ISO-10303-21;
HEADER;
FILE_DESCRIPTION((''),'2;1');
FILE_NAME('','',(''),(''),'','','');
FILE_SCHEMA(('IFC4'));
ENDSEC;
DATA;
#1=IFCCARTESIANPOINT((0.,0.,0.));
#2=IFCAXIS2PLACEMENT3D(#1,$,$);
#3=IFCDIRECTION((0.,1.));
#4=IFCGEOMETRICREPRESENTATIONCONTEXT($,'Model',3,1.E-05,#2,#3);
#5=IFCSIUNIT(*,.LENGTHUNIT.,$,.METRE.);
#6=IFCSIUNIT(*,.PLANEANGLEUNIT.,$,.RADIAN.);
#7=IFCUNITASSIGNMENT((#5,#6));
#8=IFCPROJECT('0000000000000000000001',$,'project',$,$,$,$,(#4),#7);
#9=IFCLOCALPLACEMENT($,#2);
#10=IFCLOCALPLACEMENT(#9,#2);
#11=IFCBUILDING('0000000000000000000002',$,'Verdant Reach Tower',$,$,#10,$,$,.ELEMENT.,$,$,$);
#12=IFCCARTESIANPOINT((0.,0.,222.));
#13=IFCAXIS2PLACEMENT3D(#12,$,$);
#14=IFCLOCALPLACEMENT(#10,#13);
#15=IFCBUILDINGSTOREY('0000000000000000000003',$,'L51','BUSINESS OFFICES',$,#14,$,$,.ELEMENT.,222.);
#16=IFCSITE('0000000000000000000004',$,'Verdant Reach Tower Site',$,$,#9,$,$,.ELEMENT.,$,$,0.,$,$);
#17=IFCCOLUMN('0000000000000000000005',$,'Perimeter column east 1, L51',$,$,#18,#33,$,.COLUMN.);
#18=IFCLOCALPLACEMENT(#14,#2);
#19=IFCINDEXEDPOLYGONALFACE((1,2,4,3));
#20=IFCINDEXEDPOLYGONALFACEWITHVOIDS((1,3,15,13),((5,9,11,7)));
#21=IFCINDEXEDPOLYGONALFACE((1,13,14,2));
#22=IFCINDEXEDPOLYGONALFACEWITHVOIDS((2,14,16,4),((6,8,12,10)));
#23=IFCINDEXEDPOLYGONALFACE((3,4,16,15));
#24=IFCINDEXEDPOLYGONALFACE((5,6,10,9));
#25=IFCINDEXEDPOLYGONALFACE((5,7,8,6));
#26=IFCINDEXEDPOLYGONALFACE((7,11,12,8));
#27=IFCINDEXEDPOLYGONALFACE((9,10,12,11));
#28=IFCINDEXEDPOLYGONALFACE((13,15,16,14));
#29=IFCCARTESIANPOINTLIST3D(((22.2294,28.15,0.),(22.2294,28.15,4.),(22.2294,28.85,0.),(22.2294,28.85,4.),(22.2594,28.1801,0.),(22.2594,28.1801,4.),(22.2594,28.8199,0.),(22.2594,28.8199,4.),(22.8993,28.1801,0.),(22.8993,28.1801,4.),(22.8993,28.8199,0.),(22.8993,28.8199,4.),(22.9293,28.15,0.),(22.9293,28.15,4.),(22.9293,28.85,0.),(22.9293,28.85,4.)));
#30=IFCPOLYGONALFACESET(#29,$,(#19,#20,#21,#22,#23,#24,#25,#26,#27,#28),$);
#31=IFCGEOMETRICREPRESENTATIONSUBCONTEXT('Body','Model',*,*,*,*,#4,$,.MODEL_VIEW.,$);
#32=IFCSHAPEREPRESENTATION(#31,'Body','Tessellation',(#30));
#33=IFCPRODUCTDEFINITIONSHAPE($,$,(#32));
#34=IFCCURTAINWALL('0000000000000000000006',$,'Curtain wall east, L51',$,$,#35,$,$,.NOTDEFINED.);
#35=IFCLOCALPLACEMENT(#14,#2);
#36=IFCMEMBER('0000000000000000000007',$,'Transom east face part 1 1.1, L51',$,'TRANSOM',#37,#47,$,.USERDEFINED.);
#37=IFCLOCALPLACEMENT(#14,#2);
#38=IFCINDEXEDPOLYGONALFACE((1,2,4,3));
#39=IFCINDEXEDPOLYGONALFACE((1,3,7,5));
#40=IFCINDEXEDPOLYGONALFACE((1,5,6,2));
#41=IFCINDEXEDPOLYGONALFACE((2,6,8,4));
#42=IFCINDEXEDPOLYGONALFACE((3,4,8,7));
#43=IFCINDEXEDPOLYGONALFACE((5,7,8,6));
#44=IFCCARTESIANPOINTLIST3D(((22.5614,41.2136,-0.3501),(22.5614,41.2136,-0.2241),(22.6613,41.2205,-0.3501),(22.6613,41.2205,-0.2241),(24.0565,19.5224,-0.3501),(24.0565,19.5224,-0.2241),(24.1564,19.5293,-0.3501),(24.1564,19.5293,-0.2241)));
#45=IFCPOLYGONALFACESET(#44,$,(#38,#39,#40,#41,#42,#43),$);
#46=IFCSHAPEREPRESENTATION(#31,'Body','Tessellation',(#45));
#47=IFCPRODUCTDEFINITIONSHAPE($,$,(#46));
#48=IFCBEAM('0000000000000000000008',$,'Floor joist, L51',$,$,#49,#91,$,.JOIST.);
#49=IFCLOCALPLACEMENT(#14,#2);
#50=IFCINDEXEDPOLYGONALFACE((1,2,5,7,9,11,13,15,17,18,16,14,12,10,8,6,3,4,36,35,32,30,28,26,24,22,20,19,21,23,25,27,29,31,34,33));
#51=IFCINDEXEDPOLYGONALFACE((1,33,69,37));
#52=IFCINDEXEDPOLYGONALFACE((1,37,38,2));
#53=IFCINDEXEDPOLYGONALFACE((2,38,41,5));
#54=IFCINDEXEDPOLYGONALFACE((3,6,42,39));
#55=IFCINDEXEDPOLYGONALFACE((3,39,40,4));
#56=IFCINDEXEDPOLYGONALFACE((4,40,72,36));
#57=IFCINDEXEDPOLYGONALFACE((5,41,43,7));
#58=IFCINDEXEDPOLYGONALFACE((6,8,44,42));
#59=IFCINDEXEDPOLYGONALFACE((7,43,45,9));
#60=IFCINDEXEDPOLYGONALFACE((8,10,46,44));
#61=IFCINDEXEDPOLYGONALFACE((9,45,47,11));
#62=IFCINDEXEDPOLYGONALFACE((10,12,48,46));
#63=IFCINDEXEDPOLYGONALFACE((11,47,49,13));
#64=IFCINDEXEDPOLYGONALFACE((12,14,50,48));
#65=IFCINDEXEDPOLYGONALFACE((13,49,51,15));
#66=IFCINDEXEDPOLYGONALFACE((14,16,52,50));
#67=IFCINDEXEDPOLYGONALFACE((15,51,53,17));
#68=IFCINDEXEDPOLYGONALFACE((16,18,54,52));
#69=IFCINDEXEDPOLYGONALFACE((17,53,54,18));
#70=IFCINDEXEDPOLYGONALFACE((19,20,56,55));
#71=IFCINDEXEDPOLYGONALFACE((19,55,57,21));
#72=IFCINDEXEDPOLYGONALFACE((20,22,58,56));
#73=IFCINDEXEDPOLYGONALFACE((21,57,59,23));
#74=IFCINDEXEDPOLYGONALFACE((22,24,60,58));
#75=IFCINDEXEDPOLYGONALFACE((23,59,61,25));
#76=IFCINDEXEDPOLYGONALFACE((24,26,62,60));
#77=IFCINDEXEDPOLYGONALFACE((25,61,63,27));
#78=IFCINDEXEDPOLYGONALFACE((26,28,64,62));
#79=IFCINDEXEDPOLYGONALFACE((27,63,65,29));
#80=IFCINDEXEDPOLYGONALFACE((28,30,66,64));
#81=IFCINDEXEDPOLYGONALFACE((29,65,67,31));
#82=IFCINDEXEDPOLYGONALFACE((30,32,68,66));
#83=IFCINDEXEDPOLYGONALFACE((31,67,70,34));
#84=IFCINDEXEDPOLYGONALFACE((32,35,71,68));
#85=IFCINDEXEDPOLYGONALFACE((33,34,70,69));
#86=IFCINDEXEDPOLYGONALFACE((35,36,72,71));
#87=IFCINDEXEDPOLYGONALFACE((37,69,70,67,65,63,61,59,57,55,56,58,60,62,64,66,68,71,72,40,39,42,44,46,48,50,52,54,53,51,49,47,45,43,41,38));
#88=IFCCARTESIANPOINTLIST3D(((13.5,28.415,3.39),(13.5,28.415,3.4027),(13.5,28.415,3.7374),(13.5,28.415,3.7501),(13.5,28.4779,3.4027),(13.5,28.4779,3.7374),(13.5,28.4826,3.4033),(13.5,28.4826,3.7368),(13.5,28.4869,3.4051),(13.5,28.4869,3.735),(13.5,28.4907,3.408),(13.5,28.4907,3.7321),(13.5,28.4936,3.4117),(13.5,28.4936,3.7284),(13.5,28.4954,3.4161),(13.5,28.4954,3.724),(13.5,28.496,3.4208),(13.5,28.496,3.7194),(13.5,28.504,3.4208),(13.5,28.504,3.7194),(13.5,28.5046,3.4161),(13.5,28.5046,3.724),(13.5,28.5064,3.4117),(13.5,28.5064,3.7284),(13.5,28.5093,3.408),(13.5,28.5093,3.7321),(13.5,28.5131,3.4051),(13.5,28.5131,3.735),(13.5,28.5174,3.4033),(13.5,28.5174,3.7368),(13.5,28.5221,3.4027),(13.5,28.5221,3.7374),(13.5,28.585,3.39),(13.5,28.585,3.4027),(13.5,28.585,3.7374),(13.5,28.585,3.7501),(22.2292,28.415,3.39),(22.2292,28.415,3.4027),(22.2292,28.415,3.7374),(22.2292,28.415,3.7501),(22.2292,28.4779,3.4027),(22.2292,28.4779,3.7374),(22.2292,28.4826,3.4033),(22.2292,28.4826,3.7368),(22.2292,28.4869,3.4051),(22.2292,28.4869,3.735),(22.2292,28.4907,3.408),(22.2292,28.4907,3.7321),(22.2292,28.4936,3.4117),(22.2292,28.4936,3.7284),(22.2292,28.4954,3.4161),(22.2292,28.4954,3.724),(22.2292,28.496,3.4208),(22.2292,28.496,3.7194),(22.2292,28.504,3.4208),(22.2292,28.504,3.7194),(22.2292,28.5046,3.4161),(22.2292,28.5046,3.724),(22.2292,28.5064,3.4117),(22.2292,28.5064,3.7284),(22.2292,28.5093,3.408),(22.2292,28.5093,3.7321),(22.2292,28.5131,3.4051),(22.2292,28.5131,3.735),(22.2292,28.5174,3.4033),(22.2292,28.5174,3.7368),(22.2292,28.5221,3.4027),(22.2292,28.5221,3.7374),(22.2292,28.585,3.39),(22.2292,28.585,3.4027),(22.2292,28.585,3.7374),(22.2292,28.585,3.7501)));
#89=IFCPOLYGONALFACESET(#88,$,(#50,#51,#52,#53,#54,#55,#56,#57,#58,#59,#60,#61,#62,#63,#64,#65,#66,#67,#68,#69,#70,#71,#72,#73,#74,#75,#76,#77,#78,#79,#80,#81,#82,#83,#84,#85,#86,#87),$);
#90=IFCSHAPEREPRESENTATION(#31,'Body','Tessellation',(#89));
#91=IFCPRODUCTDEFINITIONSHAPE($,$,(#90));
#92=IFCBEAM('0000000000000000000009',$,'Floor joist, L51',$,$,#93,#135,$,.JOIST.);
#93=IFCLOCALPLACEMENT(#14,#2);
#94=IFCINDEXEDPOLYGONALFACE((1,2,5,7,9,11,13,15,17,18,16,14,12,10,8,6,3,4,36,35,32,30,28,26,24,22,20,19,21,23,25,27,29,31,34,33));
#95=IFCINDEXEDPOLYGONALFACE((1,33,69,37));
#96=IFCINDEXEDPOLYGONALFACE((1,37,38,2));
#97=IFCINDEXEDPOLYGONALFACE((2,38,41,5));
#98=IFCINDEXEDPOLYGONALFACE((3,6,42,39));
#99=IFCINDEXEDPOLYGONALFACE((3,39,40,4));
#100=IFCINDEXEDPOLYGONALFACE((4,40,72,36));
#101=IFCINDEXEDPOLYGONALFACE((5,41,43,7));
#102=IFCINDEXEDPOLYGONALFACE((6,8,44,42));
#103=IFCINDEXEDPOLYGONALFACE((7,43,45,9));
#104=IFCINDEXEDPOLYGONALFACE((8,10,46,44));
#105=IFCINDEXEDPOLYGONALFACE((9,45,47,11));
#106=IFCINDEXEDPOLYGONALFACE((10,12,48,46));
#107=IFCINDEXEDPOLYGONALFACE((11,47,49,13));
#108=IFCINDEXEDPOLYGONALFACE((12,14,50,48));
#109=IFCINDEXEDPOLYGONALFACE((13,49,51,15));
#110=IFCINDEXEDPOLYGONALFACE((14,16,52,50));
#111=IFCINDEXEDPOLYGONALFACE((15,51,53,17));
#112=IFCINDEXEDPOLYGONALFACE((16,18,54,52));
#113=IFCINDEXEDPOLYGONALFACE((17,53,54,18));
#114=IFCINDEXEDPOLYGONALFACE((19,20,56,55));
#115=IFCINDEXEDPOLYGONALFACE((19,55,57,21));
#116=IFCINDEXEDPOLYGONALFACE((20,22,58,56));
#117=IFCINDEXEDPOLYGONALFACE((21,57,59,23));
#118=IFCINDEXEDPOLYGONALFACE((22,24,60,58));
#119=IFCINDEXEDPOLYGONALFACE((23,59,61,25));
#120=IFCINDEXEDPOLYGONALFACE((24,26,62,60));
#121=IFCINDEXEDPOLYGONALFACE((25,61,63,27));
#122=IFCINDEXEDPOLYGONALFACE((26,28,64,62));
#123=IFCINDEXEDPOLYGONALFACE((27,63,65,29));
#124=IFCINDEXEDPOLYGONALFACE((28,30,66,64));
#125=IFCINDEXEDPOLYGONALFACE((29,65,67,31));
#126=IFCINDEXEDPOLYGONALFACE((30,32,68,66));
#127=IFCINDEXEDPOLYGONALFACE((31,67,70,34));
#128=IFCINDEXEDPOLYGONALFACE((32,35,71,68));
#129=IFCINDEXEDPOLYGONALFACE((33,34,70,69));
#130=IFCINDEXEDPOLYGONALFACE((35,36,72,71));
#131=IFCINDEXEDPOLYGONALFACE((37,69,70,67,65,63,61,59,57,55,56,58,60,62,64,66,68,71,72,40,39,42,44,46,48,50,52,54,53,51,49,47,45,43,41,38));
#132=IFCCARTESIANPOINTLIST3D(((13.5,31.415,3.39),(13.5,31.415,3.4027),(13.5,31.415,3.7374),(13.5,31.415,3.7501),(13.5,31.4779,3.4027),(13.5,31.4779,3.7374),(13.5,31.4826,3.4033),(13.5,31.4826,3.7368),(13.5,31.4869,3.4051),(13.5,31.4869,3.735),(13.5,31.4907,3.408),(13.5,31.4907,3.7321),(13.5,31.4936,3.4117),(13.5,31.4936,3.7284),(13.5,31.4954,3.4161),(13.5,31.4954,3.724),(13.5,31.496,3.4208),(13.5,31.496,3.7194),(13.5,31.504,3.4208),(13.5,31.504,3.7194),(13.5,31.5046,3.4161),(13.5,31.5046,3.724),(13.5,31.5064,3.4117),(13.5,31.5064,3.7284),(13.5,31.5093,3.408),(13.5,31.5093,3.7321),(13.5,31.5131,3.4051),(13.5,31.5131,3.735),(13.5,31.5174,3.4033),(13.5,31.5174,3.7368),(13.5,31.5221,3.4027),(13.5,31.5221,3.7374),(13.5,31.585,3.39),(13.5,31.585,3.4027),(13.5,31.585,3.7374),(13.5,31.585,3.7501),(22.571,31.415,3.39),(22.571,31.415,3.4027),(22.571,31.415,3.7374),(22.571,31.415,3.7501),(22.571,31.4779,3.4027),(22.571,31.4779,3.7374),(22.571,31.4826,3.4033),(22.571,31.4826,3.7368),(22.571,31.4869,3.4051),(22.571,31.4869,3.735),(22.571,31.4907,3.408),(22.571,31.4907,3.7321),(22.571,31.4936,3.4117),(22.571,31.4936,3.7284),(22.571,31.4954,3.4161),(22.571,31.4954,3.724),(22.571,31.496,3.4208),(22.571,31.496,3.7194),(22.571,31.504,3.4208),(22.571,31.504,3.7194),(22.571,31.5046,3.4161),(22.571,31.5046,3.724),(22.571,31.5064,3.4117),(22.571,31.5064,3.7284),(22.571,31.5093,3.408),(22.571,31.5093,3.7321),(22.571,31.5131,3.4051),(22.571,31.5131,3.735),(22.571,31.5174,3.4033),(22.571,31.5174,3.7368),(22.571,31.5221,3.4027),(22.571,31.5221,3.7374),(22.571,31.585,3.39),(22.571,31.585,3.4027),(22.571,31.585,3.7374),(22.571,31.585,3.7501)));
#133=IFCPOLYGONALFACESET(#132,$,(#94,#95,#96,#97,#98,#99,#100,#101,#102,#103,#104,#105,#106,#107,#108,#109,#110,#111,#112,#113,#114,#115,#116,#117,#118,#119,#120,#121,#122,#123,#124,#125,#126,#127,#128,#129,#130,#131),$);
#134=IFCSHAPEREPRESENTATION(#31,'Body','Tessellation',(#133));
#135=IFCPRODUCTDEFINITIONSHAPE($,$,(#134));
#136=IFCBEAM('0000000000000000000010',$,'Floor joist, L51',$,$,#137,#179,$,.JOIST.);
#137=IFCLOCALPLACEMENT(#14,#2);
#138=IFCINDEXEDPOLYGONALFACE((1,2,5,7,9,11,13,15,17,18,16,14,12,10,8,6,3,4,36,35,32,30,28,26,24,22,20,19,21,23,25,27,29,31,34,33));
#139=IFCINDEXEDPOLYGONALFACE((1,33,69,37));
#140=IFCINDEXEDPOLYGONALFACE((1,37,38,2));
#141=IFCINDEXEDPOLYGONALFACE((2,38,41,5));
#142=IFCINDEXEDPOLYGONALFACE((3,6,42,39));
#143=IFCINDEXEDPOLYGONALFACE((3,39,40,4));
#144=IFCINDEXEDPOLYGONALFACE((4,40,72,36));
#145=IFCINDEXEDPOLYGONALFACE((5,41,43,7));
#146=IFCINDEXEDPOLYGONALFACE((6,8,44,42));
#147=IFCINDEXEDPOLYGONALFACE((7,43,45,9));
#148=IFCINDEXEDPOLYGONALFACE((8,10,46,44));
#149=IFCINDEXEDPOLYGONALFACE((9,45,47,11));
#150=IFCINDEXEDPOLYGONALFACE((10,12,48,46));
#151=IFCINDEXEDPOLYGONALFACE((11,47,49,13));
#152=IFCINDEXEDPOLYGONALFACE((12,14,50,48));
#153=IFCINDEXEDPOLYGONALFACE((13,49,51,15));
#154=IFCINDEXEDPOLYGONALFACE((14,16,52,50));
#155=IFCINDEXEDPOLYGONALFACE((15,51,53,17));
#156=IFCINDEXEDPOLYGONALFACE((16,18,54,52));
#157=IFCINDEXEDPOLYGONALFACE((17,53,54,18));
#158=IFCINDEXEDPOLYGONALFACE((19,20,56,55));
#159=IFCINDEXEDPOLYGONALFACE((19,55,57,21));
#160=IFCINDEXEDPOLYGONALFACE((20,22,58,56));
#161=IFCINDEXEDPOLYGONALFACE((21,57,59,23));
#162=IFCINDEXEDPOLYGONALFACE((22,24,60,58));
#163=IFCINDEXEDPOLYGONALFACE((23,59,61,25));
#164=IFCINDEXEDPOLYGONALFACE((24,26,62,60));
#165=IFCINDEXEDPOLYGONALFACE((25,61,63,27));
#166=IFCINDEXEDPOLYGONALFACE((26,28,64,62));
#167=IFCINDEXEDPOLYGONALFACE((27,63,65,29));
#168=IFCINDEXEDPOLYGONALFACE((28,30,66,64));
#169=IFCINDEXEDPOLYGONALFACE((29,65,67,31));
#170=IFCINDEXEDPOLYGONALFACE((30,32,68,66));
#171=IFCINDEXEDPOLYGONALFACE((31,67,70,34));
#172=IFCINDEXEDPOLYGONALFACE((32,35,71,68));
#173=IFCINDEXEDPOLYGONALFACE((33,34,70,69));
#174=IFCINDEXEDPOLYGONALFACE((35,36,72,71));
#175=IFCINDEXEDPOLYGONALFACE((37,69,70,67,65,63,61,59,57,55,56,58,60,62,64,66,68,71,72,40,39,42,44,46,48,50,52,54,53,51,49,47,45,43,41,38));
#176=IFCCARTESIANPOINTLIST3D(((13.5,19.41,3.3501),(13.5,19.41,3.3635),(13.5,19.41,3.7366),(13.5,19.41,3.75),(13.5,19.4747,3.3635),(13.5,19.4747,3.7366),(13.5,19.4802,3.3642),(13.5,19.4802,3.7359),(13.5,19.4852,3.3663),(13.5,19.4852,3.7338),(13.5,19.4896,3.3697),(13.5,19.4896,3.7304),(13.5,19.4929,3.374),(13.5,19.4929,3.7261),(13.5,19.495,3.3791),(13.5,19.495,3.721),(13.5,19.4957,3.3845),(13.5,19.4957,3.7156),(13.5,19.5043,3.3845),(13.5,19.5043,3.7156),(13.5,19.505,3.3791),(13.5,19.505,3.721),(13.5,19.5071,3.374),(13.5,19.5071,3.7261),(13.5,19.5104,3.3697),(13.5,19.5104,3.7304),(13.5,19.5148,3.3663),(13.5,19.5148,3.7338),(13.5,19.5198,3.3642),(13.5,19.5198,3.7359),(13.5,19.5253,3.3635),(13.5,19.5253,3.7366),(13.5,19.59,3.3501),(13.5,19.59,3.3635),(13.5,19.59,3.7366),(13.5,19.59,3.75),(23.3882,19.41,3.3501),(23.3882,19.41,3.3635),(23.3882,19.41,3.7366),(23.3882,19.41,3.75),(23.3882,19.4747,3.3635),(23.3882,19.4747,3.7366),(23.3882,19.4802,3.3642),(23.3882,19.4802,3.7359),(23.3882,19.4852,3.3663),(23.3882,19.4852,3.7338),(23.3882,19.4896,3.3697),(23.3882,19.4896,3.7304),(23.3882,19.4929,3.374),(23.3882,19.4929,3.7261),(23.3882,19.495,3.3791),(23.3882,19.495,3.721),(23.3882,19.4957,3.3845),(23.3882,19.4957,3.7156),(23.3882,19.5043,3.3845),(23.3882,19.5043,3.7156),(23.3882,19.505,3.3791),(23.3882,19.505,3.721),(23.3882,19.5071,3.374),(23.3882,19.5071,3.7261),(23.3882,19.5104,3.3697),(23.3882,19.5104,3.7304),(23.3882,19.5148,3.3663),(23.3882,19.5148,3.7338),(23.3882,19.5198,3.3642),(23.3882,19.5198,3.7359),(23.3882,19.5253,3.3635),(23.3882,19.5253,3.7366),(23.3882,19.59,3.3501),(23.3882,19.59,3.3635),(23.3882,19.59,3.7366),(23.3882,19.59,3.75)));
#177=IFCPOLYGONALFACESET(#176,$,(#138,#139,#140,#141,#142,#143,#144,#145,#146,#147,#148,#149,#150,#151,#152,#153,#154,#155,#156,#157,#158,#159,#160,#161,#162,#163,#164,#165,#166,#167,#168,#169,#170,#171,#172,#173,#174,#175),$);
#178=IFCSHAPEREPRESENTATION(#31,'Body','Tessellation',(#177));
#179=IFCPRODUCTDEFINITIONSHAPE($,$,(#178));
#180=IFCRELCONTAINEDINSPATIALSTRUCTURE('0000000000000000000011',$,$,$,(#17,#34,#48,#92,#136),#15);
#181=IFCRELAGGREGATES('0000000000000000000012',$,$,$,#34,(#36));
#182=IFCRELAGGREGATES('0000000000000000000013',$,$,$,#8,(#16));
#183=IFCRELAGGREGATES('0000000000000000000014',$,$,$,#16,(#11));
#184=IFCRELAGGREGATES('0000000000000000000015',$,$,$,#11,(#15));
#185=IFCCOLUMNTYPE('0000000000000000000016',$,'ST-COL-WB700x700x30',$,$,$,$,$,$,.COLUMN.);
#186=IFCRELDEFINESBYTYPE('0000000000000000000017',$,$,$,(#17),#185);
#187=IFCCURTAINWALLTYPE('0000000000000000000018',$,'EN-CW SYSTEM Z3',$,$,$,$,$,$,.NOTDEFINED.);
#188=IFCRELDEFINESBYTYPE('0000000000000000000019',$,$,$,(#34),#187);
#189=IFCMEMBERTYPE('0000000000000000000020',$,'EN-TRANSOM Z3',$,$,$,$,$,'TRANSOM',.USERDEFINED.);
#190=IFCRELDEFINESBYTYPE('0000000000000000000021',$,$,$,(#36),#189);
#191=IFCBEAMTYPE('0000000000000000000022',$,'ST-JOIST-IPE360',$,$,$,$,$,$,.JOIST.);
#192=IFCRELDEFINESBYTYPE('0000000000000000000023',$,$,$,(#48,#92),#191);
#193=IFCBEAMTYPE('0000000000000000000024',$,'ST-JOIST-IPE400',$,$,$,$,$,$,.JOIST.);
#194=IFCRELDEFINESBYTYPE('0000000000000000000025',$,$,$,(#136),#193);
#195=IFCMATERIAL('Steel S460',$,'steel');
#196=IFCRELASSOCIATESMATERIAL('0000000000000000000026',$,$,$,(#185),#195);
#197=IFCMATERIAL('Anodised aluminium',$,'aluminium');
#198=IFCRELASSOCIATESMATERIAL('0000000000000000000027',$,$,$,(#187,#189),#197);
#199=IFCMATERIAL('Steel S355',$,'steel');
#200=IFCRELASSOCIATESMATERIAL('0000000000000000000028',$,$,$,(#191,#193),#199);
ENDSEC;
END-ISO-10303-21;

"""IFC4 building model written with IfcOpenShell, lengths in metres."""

from ifc_helpers import new_model, si_unit, direction, frame, origin, origin_2d, place, context, subcontext, project, spatial, rectangle, hollow_rectangle, i_section, extrude, material, material_profile, profile_set, type_object, element, aggregate, save


model = new_model("IFC4")

# Units and contexts
model_context = context("Model", 3, precision=1e-05, world=origin(), true_north=direction((0.0, 1.0)))
body_context = subcontext(model_context, "Body", "Model", "MODEL_VIEW")
ifc_project = project(units=[si_unit("LENGTHUNIT", "METRE"), si_unit("PLANEANGLEUNIT", "RADIAN")], contexts=[model_context])

# Site, building, storey
site_placement = place(None, origin())
site = spatial("IfcSite", under=ifc_project, at=site_placement, Name="Verdant Reach Tower Site", CompositionType="ELEMENT", RefElevation=0.0)
building_placement = place(site_placement, origin())
building = spatial("IfcBuilding", under=site, at=building_placement, Name="Verdant Reach Tower", CompositionType="ELEMENT")
storey_placement = place(building_placement, frame((0.0, 0.0, 222.0)))
storey = spatial("IfcBuildingStorey", under=building, at=storey_placement, Name="L51", Description="BUSINESS OFFICES", CompositionType="ELEMENT", Elevation=222.0)

# Column
ifc_material_1 = material(Name="Steel S460", Category="steel")
ifc_material_profile_1 = material_profile(ifc_material_1, hollow_rectangle(XDim=0.7, YDim=0.7, WallThickness=0.03, at=origin_2d()), Name="WB 700x700x30")
ifc_profile_set_1 = profile_set([ifc_material_profile_1], Name="Steel S460")
column_type = type_object("IfcColumnType", Name="ST-COL-WB700x700x30", PredefinedType="COLUMN", material=ifc_profile_set_1)
column_placement = place(storey_placement, frame((22.5793, 28.5, 0.0), z_axis=(0.0, 0.0, 1.0), x_axis=(1.0, 0.0, 0.0)))
element("IfcColumn", 1, at=column_placement, inside=storey, type_object=column_type, Name="Perimeter column east 1, L51", PredefinedType="COLUMN", context=body_context, shape_type="SweptSolid", body=[
    extrude(hollow_rectangle(XDim=0.7, YDim=0.7, WallThickness=0.03, at=origin_2d()), origin(), (0.0, 0.0, 1.0), 4.0),
])

# Curtain wall, member
ifc_material_2 = material(Name="Anodised aluminium", Category="aluminium")
curtain_wall_type = type_object("IfcCurtainWallType", Name="EN-CW SYSTEM Z3", PredefinedType="NOTDEFINED", material=ifc_material_2)
curtain_wall_placement = place(storey_placement, origin())
curtain_wall = element("IfcCurtainWall", 2, at=curtain_wall_placement, inside=storey, type_object=curtain_wall_type, Name="Curtain wall east, L51", PredefinedType="NOTDEFINED")
ifc_material_profile_2 = material_profile(ifc_material_2, rectangle(XDim=0.1001, YDim=0.126, at=origin_2d()), Name="Transom 126x100")
ifc_profile_set_2 = profile_set([ifc_material_profile_2], Name="Anodised aluminium")
member_type = type_object("IfcMemberType", Name="EN-TRANSOM Z3", ElementType="TRANSOM", PredefinedType="USERDEFINED", material=ifc_profile_set_2)
member_placement = place(storey_placement, frame((24.1064, 19.5259, -0.2871), z_axis=(-0.068764, 0.997633, 0.0), x_axis=(-0.997633, -0.068764, 0.0)))
member = element("IfcMember", 3, at=member_placement, type_object=member_type, Name="Transom east face part 1 1.1, L51", ObjectType="TRANSOM", PredefinedType="USERDEFINED", context=body_context, shape_type="SweptSolid", body=[
    extrude(rectangle(XDim=0.1001, YDim=0.126, at=origin_2d()), origin(), (0.0, 0.0, 1.0), 21.7427),
])

# Beams
ifc_material_3 = material(Name="Steel S355", Category="steel")
ifc_material_profile_3 = material_profile(ifc_material_3, i_section(OverallWidth=0.1699, OverallDepth=0.3601, WebThickness=0.0081, FlangeThickness=0.0127, FilletRadius=0.0181, at=origin_2d()), Name="IPE 360")
ifc_profile_set_3 = profile_set([ifc_material_profile_3], Name="Steel S355")
beam_type_1 = type_object("IfcBeamType", Name="ST-JOIST-IPE360", PredefinedType="JOIST", material=ifc_profile_set_3)
beam_1_placement = place(storey_placement, frame((13.5, 28.5, 3.5701), z_axis=(1.0, 0.0, 0.0), x_axis=(0.0, 1.0, 0.0)))
element("IfcBeam", 4, at=beam_1_placement, inside=storey, type_object=beam_type_1, Name="Floor joist, L51", PredefinedType="JOIST", context=body_context, shape_type="SweptSolid", body=[
    extrude(i_section(OverallWidth=0.1699, OverallDepth=0.3601, WebThickness=0.0081, FlangeThickness=0.0127, FilletRadius=0.0181, at=origin_2d()), origin(), (0.0, 0.0, 1.0), 8.7292),
])
beam_2_placement = place(storey_placement, frame((13.5, 31.5, 3.5701), z_axis=(1.0, 0.0, 0.0), x_axis=(0.0, 1.0, 0.0)))
element("IfcBeam", 5, at=beam_2_placement, inside=storey, type_object=beam_type_1, Name="Floor joist, L51", PredefinedType="JOIST", context=body_context, shape_type="SweptSolid", body=[
    extrude(i_section(OverallWidth=0.1699, OverallDepth=0.3601, WebThickness=0.0081, FlangeThickness=0.0127, FilletRadius=0.0181, at=origin_2d()), origin(), (0.0, 0.0, 1.0), 9.071),
])
ifc_material_profile_4 = material_profile(ifc_material_3, i_section(OverallWidth=0.1799, OverallDepth=0.3999, WebThickness=0.0085, FlangeThickness=0.0134, FilletRadius=0.021, at=origin_2d()), Name="IPE 400")
ifc_profile_set_4 = profile_set([ifc_material_profile_4], Name="Steel S355")
beam_type_2 = type_object("IfcBeamType", Name="ST-JOIST-IPE400", PredefinedType="JOIST", material=ifc_profile_set_4)
beam_3_placement = place(storey_placement, frame((13.5, 19.5, 3.55), z_axis=(1.0, 0.0, 0.0), x_axis=(0.0, 1.0, 0.0)))
element("IfcBeam", 6, at=beam_3_placement, inside=storey, type_object=beam_type_2, Name="Floor joist, L51", PredefinedType="JOIST", context=body_context, shape_type="SweptSolid", body=[
    extrude(i_section(OverallWidth=0.1799, OverallDepth=0.3999, WebThickness=0.0085, FlangeThickness=0.0134, FilletRadius=0.021, at=origin_2d()), origin(), (0.0, 0.0, 1.0), 9.8882),
])

aggregate(curtain_wall, [member])

save(model, "model.ifc")
